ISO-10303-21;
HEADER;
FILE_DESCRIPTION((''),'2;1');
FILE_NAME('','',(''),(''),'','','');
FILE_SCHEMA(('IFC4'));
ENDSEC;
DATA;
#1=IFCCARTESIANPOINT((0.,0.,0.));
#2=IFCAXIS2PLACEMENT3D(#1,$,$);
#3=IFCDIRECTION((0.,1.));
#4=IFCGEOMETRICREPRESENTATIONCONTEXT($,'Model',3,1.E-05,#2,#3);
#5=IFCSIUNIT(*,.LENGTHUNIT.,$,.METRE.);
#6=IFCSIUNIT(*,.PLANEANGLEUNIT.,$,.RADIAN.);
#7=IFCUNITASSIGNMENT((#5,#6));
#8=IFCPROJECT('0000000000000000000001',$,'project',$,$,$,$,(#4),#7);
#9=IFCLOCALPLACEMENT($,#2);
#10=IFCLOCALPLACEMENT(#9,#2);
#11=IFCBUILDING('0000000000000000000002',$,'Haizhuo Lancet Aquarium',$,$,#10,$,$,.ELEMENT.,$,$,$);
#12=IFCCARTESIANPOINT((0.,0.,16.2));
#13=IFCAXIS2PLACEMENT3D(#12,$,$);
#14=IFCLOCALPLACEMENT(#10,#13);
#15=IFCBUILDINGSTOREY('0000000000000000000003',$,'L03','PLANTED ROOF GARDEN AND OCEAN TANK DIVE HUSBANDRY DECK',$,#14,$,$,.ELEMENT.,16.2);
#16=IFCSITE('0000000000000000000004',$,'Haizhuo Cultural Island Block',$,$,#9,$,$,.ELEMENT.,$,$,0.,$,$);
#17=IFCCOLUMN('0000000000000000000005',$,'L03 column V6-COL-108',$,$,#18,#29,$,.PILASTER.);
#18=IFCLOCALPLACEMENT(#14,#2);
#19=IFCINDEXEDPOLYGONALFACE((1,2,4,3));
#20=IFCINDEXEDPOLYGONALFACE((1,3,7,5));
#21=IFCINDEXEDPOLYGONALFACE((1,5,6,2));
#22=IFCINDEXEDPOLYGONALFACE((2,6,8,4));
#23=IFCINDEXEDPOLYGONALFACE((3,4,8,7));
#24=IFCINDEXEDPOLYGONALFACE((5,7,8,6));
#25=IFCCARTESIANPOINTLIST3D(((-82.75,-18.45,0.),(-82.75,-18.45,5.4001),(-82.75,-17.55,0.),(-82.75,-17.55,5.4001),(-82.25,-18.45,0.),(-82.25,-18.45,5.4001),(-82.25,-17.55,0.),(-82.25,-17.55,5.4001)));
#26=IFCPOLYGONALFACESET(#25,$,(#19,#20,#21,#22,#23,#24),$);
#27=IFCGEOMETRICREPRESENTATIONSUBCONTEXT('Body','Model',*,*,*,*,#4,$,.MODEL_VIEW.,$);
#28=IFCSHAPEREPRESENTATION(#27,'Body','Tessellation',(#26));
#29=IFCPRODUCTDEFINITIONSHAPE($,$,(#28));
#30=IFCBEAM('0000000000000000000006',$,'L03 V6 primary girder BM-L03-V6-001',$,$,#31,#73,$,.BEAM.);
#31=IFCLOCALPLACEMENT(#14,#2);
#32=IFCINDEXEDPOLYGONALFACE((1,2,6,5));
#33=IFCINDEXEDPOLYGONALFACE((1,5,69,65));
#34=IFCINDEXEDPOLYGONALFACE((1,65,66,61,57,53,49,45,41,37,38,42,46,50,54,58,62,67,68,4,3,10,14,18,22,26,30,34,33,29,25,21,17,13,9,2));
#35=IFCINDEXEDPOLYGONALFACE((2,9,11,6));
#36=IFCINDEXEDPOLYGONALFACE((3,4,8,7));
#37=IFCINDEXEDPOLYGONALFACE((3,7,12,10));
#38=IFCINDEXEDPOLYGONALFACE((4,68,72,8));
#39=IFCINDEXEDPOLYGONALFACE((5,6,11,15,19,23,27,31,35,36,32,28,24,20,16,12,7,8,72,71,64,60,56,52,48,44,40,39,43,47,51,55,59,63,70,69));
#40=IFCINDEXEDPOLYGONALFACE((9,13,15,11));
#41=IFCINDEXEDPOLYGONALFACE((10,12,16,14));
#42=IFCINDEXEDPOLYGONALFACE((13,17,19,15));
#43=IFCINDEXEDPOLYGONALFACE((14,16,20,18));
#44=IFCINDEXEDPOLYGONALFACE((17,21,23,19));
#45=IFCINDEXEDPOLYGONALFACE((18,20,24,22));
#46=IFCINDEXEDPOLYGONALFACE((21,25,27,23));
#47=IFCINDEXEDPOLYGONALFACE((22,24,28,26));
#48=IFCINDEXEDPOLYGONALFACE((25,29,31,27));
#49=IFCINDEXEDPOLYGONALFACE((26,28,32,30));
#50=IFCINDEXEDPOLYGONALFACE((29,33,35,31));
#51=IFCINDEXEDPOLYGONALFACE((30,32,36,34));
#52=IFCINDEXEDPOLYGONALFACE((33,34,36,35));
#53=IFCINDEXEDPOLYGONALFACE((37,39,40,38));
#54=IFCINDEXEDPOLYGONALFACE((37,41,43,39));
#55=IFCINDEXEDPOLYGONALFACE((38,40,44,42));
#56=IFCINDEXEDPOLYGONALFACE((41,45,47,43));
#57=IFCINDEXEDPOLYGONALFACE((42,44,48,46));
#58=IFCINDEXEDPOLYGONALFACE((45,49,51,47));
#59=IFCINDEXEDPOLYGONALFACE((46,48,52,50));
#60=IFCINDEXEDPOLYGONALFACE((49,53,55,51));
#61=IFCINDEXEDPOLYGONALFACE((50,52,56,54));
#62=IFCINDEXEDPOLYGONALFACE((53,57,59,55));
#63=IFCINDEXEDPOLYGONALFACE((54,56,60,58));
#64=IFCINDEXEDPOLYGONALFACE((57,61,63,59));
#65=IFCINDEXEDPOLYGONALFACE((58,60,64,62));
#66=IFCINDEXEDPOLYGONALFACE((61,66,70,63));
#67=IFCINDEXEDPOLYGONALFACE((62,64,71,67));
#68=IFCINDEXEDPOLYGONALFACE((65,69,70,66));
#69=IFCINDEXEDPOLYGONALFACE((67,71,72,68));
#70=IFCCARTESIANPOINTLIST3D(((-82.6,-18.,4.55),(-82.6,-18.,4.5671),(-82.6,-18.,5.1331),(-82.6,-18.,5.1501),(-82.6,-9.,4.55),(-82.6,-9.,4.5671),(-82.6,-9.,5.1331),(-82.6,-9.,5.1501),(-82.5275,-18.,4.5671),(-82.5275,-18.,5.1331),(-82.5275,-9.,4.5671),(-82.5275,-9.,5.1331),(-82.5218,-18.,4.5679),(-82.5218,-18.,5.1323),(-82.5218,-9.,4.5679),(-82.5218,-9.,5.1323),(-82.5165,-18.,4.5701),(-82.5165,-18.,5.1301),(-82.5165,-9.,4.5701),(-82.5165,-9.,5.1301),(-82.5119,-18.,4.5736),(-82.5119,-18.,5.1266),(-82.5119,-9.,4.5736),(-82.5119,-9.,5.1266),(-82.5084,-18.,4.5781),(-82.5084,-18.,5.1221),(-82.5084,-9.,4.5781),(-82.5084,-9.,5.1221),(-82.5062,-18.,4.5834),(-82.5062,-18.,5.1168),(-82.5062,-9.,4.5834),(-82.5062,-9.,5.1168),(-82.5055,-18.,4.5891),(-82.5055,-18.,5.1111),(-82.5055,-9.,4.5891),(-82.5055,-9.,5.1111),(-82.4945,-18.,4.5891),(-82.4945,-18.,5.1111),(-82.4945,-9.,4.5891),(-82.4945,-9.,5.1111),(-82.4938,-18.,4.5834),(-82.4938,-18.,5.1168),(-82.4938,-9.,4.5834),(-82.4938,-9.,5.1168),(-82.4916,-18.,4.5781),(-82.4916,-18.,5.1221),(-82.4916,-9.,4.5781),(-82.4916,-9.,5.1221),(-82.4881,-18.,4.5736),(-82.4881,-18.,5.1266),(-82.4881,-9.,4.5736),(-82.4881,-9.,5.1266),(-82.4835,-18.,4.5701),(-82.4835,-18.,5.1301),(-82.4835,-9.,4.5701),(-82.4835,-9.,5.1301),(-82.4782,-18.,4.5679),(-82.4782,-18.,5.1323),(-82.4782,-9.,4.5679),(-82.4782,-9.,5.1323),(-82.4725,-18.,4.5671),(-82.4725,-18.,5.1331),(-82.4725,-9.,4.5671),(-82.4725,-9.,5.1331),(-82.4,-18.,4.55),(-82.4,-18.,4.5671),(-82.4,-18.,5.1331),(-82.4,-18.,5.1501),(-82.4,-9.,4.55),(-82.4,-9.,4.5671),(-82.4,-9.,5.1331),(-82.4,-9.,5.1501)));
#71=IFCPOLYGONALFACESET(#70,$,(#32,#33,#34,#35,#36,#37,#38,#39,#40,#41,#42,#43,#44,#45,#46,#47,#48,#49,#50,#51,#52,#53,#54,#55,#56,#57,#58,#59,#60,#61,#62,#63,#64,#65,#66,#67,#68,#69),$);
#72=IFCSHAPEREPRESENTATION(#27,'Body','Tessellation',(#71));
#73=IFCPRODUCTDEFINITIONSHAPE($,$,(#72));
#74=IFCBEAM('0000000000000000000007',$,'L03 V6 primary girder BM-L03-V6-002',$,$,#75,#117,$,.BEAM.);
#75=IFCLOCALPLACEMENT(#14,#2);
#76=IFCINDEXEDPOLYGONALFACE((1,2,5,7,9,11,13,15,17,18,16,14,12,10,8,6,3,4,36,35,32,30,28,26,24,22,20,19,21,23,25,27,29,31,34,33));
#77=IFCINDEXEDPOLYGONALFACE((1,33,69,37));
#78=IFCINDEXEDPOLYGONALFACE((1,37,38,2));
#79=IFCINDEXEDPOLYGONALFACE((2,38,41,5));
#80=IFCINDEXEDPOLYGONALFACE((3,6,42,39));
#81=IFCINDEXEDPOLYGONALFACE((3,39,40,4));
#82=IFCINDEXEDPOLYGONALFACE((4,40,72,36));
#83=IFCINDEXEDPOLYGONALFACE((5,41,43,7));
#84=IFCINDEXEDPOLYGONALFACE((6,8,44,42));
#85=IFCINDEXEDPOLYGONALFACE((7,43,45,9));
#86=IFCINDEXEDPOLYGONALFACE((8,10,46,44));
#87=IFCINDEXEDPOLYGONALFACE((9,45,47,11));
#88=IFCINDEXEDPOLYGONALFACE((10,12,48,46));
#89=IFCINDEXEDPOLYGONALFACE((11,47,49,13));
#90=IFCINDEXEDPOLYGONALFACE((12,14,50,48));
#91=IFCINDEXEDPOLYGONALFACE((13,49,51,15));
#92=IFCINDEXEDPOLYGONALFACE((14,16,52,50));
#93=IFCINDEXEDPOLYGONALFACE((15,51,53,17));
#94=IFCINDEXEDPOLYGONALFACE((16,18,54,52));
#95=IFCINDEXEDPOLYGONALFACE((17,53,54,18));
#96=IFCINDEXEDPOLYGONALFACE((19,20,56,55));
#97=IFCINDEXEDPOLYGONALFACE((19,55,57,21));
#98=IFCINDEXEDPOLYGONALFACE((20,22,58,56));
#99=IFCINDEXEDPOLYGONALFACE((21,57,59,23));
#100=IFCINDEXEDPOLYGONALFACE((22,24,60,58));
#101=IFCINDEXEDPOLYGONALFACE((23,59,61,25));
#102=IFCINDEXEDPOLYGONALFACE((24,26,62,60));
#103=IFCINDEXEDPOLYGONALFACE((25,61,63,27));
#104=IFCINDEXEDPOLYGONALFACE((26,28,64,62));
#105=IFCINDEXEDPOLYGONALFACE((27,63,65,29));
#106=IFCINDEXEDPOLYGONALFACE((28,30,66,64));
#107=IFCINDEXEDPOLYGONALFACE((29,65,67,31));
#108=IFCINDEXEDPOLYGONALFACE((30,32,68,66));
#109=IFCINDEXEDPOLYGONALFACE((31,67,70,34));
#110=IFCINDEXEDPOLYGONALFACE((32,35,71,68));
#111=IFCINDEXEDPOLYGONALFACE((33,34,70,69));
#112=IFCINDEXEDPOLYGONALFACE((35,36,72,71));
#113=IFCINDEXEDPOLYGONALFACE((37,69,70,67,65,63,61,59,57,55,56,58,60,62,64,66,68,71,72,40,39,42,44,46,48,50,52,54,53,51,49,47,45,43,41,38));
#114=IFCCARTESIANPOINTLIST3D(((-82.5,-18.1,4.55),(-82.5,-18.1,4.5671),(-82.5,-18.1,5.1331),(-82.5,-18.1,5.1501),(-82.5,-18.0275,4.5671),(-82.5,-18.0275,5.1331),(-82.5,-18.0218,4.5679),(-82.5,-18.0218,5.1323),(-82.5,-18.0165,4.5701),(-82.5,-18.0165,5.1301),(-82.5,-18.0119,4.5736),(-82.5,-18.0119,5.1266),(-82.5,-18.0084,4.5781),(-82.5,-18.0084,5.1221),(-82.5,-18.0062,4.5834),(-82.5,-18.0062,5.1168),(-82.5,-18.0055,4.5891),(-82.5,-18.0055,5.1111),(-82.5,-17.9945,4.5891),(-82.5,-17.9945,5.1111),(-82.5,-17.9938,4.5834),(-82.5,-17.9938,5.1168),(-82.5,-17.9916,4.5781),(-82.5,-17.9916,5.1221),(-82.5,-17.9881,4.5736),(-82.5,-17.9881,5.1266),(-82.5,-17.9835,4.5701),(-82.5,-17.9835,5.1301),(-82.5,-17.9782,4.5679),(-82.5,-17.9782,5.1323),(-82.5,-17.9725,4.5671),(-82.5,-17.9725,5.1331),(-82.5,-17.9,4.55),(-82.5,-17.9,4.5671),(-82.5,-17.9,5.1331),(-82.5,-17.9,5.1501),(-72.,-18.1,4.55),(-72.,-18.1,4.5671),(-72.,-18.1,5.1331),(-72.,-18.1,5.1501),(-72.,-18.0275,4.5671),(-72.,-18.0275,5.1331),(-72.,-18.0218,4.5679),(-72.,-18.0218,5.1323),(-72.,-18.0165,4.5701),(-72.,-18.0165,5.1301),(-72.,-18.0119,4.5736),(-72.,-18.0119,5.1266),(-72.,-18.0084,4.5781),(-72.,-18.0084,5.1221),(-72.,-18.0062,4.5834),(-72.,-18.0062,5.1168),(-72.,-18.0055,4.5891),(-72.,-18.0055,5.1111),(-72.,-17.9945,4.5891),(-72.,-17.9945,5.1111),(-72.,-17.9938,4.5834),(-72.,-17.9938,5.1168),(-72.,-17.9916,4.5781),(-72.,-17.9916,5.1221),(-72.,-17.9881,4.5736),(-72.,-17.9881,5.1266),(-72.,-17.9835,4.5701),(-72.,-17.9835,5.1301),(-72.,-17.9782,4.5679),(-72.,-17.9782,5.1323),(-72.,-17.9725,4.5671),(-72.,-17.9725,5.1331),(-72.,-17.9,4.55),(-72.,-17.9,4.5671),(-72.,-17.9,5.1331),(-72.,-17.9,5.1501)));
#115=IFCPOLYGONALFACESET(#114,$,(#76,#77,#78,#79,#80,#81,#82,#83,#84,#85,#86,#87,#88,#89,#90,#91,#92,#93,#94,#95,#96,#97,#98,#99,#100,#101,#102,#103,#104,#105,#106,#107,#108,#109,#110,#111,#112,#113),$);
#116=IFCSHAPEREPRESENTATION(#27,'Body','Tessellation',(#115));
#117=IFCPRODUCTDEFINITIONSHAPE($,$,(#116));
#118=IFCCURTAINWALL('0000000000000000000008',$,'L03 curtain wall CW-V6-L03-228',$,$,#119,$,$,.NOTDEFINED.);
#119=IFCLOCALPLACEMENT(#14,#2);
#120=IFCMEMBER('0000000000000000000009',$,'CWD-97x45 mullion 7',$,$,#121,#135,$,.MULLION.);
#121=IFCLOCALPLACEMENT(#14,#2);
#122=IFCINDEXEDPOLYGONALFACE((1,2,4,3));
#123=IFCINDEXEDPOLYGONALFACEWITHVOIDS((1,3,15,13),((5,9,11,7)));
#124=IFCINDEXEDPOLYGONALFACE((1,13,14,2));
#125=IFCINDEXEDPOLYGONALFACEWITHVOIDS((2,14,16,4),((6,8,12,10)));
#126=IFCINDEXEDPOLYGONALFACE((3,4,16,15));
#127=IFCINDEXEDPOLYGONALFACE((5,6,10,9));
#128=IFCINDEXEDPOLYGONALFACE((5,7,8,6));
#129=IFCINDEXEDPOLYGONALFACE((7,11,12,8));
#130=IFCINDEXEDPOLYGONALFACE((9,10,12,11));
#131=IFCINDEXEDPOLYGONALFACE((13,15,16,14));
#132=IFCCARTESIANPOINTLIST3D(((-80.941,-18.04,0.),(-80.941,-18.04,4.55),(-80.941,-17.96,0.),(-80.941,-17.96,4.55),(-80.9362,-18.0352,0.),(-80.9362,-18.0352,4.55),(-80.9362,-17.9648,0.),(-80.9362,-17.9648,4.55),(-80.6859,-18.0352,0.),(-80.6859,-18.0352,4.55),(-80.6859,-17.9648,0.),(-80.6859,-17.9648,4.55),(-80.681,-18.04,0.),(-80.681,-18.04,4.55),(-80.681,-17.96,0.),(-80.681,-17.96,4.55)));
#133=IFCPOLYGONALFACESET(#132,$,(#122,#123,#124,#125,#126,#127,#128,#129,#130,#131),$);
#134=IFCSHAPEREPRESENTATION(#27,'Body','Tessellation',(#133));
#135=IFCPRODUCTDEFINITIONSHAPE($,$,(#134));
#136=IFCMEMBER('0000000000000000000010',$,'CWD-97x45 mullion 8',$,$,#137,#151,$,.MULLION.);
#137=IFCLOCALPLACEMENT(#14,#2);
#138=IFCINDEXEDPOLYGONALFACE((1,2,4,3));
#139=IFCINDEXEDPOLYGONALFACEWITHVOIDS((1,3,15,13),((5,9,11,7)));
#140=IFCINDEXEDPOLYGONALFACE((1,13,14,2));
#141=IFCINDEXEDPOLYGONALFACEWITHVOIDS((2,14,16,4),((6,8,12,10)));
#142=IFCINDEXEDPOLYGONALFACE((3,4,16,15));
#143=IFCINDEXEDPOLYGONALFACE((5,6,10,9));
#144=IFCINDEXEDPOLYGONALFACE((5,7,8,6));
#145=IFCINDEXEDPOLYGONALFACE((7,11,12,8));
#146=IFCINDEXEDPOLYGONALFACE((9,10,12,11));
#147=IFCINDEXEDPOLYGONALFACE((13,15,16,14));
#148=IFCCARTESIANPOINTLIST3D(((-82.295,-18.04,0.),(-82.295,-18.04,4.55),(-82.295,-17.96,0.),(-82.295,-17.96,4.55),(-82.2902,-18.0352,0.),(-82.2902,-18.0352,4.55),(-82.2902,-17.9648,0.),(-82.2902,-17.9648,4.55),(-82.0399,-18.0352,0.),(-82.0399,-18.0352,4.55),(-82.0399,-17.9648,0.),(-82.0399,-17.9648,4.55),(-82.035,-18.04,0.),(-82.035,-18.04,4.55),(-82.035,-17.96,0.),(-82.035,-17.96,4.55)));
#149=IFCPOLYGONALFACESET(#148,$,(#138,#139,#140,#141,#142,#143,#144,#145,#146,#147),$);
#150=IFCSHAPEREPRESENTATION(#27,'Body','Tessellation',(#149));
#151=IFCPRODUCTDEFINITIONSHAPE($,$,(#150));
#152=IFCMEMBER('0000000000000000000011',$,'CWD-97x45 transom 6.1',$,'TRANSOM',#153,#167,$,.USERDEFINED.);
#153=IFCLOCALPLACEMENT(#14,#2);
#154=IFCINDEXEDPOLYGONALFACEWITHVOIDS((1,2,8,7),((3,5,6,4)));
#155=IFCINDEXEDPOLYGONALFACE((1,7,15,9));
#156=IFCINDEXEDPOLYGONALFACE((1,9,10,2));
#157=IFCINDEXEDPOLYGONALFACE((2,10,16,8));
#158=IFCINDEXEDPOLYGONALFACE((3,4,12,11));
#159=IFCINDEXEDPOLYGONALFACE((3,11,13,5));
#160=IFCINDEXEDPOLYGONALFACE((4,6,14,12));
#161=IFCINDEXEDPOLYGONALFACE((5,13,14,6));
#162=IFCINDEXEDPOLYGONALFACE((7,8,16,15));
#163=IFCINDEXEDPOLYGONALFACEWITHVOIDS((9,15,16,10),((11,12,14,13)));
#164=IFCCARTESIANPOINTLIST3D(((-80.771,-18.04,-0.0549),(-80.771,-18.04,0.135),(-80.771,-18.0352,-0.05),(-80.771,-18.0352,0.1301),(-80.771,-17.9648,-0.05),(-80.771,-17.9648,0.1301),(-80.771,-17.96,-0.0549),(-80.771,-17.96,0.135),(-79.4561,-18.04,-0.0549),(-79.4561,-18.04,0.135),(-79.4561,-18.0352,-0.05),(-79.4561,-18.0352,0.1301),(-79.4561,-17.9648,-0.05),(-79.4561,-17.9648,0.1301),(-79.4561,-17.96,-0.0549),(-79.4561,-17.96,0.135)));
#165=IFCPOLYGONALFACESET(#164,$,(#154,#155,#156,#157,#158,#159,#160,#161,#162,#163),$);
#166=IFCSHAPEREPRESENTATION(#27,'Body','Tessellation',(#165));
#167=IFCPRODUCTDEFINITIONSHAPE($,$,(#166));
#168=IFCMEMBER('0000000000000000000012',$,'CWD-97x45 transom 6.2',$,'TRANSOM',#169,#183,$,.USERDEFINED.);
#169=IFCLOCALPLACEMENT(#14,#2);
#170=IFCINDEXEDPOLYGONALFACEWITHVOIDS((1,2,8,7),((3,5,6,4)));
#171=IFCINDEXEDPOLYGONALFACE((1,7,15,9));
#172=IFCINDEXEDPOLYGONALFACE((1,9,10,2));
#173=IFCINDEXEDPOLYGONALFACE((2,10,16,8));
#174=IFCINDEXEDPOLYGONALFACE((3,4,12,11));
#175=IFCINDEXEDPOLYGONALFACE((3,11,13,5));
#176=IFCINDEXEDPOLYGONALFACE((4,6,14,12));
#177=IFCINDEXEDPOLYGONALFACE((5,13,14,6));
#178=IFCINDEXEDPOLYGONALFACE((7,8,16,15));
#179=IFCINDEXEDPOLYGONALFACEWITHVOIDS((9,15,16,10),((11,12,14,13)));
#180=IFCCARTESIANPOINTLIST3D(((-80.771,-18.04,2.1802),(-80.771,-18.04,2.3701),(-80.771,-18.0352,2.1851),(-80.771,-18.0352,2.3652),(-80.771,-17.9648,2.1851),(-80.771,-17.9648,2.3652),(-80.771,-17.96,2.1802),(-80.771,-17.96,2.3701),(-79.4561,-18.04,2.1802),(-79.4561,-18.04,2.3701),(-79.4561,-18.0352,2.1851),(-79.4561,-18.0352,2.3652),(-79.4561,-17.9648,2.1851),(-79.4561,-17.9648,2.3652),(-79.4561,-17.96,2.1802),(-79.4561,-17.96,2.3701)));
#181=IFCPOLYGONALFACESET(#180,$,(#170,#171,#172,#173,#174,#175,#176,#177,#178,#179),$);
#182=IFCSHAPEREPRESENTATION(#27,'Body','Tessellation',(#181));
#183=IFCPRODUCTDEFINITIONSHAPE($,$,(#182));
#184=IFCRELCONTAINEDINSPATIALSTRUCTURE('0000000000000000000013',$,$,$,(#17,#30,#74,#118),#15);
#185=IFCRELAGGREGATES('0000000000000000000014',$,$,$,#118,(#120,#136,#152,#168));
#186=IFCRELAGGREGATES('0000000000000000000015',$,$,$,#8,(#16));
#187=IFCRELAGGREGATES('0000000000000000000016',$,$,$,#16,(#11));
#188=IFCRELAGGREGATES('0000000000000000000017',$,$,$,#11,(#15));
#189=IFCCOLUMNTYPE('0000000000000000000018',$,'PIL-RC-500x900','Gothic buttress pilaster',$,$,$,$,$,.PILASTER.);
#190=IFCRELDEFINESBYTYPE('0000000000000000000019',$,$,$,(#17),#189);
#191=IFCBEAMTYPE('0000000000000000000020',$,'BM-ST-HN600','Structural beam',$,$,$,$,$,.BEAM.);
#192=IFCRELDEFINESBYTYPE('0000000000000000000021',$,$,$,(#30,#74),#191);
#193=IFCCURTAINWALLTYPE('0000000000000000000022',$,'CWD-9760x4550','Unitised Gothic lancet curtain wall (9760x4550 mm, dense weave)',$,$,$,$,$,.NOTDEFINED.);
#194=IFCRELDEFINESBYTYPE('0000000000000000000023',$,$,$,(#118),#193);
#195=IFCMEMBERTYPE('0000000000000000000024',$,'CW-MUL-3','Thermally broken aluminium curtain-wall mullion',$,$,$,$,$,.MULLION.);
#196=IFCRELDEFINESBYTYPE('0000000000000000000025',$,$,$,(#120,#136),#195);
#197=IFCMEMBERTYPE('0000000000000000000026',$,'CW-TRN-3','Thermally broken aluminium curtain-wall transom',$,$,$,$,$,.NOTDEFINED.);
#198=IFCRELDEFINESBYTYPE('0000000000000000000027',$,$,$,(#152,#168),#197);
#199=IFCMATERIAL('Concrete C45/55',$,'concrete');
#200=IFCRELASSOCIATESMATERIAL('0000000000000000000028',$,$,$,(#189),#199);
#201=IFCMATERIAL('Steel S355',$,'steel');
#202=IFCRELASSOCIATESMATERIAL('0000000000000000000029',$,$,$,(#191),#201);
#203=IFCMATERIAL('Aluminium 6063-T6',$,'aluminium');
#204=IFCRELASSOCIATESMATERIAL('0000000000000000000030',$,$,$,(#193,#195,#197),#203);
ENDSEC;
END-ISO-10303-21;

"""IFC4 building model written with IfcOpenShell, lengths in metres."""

from ifc_helpers import new_model, si_unit, direction, frame, origin, origin_2d, place, context, subcontext, project, spatial, rectangle, hollow_rectangle, i_section, extrude, material, material_profile, profile_set, type_object, element, aggregate, save


model = new_model("IFC4")

# Units and contexts
model_context = context("Model", 3, precision=1e-05, world=origin(), true_north=direction((0.0, 1.0)))
body_context = subcontext(model_context, "Body", "Model", "MODEL_VIEW")
ifc_project = project(units=[si_unit("LENGTHUNIT", "METRE"), si_unit("PLANEANGLEUNIT", "RADIAN")], contexts=[model_context])

# Site, building, storey
site_placement = place(None, origin())
site = spatial("IfcSite", under=ifc_project, at=site_placement, Name="Haizhuo Cultural Island Block", CompositionType="ELEMENT", RefElevation=0.0)
building_placement = place(site_placement, origin())
building = spatial("IfcBuilding", under=site, at=building_placement, Name="Haizhuo Lancet Aquarium", CompositionType="ELEMENT")
storey_placement = place(building_placement, frame((0.0, 0.0, 16.2)))
storey = spatial("IfcBuildingStorey", under=building, at=storey_placement, Name="L03", Description="PLANTED ROOF GARDEN AND OCEAN TANK DIVE HUSBANDRY DECK", CompositionType="ELEMENT", Elevation=16.2)

# Column
ifc_material_1 = material(Name="Concrete C45/55", Category="concrete")
ifc_material_profile_1 = material_profile(ifc_material_1, rectangle(XDim=0.5, YDim=0.8999, at=origin_2d()), Name="RC-PIL 500x900")
ifc_profile_set_1 = profile_set([ifc_material_profile_1], Name="Concrete C45/55")
column_type = type_object("IfcColumnType", Name="PIL-RC-500x900", Description="Gothic buttress pilaster", PredefinedType="PILASTER", material=ifc_profile_set_1)
column_placement = place(storey_placement, frame((-82.5, -18.0, 0.0), z_axis=(0.0, 0.0, 1.0), x_axis=(1.0, 0.0, 0.0)))
element("IfcColumn", 1, at=column_placement, inside=storey, type_object=column_type, Name="L03 column V6-COL-108", PredefinedType="PILASTER", context=body_context, shape_type="SweptSolid", body=[
    extrude(rectangle(XDim=0.5, YDim=0.8999, at=origin_2d()), origin(), (0.0, 0.0, 1.0), 5.4001),
])

# Beams
ifc_material_2 = material(Name="Steel S355", Category="steel")
ifc_material_profile_2 = material_profile(ifc_material_2, i_section(OverallWidth=0.2, OverallDepth=0.6001, WebThickness=0.011, FlangeThickness=0.0171, FilletRadius=0.022, at=origin_2d()), Name="HN 600x200x11x17")
ifc_profile_set_2 = profile_set([ifc_material_profile_2], Name="Steel S355")
beam_type = type_object("IfcBeamType", Name="BM-ST-HN600", Description="Structural beam", PredefinedType="BEAM", material=ifc_profile_set_2)
beam_1_placement = place(storey_placement, frame((-82.5, -18.0, 4.8501), z_axis=(0.0, 1.0, 0.0), x_axis=(-1.0, 0.0, 0.0)))
element("IfcBeam", 2, at=beam_1_placement, inside=storey, type_object=beam_type, Name="L03 V6 primary girder BM-L03-V6-001", PredefinedType="BEAM", context=body_context, shape_type="SweptSolid", body=[
    extrude(i_section(OverallWidth=0.2, OverallDepth=0.6001, WebThickness=0.011, FlangeThickness=0.0171, FilletRadius=0.022, at=origin_2d()), origin(), (0.0, 0.0, 1.0), 9.0),
])
beam_2_placement = place(storey_placement, frame((-82.5, -18.0, 4.8501), z_axis=(1.0, 0.0, 0.0), x_axis=(0.0, 1.0, 0.0)))
element("IfcBeam", 3, at=beam_2_placement, inside=storey, type_object=beam_type, Name="L03 V6 primary girder BM-L03-V6-002", PredefinedType="BEAM", context=body_context, shape_type="SweptSolid", body=[
    extrude(i_section(OverallWidth=0.2, OverallDepth=0.6001, WebThickness=0.011, FlangeThickness=0.0171, FilletRadius=0.022, at=origin_2d()), origin(), (0.0, 0.0, 1.0), 10.5),
])

# Curtain wall, members
ifc_material_3 = material(Name="Aluminium 6063-T6", Category="aluminium")
curtain_wall_type = type_object("IfcCurtainWallType", Name="CWD-9760x4550", Description="Unitised Gothic lancet curtain wall (9760x4550 mm, dense weave)", PredefinedType="NOTDEFINED", material=ifc_material_3)
curtain_wall_placement = place(storey_placement, origin())
curtain_wall = element("IfcCurtainWall", 4, at=curtain_wall_placement, inside=storey, type_object=curtain_wall_type, Name="L03 curtain wall CW-V6-L03-228", PredefinedType="NOTDEFINED")
ifc_material_profile_3 = material_profile(ifc_material_3, hollow_rectangle(XDim=0.0801, YDim=0.26, WallThickness=0.0049, at=origin_2d()), Name="ALU-M 80x260x5")
ifc_profile_set_3 = profile_set([ifc_material_profile_3], Name="Aluminium 6063-T6")
member_type_1 = type_object("IfcMemberType", Name="CW-MUL-3", Description="Thermally broken aluminium curtain-wall mullion", PredefinedType="MULLION", material=ifc_profile_set_3)
member_1_placement = place(storey_placement, frame((-80.811, -18.0, 0.0), z_axis=(0.0, 0.0, 1.0), x_axis=(0.0, -1.0, 0.0)))
member_1 = element("IfcMember", 5, at=member_1_placement, type_object=member_type_1, Name="CWD-97x45 mullion 7", PredefinedType="MULLION", context=body_context, shape_type="SweptSolid", body=[
    extrude(hollow_rectangle(XDim=0.0801, YDim=0.26, WallThickness=0.0049, at=origin_2d()), origin(), (0.0, 0.0, 1.0), 4.55),
])
member_2_placement = place(storey_placement, frame((-82.165, -18.0, 0.0), z_axis=(0.0, 0.0, 1.0), x_axis=(0.0, -1.0, 0.0)))
member_2 = element("IfcMember", 6, at=member_2_placement, type_object=member_type_1, Name="CWD-97x45 mullion 8", PredefinedType="MULLION", context=body_context, shape_type="SweptSolid", body=[
    extrude(hollow_rectangle(XDim=0.0801, YDim=0.26, WallThickness=0.0049, at=origin_2d()), origin(), (0.0, 0.0, 1.0), 4.55),
])
ifc_material_profile_4 = material_profile(ifc_material_3, hollow_rectangle(XDim=0.0801, YDim=0.1899, WallThickness=0.0049, at=origin_2d()), Name="ALU-T 80x190x5")
ifc_profile_set_4 = profile_set([ifc_material_profile_4], Name="Aluminium 6063-T6")
member_type_2 = type_object("IfcMemberType", Name="CW-TRN-3", Description="Thermally broken aluminium curtain-wall transom", PredefinedType="NOTDEFINED", material=ifc_profile_set_4)
member_3_placement = place(storey_placement, frame((-79.4561, -18.0, 0.04), z_axis=(-1.0, 0.0, 0.0), x_axis=(0.0, -1.0, 0.0)))
member_3 = element("IfcMember", 7, at=member_3_placement, type_object=member_type_2, Name="CWD-97x45 transom 6.1", ObjectType="TRANSOM", PredefinedType="USERDEFINED", context=body_context, shape_type="SweptSolid", body=[
    extrude(hollow_rectangle(XDim=0.0801, YDim=0.1899, WallThickness=0.0049, at=origin_2d()), origin(), (0.0, 0.0, 1.0), 1.3149),
])
member_4_placement = place(storey_placement, frame((-79.4561, -18.0, 2.2751), z_axis=(-1.0, 0.0, 0.0), x_axis=(0.0, -1.0, 0.0)))
member_4 = element("IfcMember", 8, at=member_4_placement, type_object=member_type_2, Name="CWD-97x45 transom 6.2", ObjectType="TRANSOM", PredefinedType="USERDEFINED", context=body_context, shape_type="SweptSolid", body=[
    extrude(hollow_rectangle(XDim=0.0801, YDim=0.1899, WallThickness=0.0049, at=origin_2d()), origin(), (0.0, 0.0, 1.0), 1.3149),
])

aggregate(curtain_wall, [member_1, member_2, member_3, member_4])

save(model, "model.ifc")
